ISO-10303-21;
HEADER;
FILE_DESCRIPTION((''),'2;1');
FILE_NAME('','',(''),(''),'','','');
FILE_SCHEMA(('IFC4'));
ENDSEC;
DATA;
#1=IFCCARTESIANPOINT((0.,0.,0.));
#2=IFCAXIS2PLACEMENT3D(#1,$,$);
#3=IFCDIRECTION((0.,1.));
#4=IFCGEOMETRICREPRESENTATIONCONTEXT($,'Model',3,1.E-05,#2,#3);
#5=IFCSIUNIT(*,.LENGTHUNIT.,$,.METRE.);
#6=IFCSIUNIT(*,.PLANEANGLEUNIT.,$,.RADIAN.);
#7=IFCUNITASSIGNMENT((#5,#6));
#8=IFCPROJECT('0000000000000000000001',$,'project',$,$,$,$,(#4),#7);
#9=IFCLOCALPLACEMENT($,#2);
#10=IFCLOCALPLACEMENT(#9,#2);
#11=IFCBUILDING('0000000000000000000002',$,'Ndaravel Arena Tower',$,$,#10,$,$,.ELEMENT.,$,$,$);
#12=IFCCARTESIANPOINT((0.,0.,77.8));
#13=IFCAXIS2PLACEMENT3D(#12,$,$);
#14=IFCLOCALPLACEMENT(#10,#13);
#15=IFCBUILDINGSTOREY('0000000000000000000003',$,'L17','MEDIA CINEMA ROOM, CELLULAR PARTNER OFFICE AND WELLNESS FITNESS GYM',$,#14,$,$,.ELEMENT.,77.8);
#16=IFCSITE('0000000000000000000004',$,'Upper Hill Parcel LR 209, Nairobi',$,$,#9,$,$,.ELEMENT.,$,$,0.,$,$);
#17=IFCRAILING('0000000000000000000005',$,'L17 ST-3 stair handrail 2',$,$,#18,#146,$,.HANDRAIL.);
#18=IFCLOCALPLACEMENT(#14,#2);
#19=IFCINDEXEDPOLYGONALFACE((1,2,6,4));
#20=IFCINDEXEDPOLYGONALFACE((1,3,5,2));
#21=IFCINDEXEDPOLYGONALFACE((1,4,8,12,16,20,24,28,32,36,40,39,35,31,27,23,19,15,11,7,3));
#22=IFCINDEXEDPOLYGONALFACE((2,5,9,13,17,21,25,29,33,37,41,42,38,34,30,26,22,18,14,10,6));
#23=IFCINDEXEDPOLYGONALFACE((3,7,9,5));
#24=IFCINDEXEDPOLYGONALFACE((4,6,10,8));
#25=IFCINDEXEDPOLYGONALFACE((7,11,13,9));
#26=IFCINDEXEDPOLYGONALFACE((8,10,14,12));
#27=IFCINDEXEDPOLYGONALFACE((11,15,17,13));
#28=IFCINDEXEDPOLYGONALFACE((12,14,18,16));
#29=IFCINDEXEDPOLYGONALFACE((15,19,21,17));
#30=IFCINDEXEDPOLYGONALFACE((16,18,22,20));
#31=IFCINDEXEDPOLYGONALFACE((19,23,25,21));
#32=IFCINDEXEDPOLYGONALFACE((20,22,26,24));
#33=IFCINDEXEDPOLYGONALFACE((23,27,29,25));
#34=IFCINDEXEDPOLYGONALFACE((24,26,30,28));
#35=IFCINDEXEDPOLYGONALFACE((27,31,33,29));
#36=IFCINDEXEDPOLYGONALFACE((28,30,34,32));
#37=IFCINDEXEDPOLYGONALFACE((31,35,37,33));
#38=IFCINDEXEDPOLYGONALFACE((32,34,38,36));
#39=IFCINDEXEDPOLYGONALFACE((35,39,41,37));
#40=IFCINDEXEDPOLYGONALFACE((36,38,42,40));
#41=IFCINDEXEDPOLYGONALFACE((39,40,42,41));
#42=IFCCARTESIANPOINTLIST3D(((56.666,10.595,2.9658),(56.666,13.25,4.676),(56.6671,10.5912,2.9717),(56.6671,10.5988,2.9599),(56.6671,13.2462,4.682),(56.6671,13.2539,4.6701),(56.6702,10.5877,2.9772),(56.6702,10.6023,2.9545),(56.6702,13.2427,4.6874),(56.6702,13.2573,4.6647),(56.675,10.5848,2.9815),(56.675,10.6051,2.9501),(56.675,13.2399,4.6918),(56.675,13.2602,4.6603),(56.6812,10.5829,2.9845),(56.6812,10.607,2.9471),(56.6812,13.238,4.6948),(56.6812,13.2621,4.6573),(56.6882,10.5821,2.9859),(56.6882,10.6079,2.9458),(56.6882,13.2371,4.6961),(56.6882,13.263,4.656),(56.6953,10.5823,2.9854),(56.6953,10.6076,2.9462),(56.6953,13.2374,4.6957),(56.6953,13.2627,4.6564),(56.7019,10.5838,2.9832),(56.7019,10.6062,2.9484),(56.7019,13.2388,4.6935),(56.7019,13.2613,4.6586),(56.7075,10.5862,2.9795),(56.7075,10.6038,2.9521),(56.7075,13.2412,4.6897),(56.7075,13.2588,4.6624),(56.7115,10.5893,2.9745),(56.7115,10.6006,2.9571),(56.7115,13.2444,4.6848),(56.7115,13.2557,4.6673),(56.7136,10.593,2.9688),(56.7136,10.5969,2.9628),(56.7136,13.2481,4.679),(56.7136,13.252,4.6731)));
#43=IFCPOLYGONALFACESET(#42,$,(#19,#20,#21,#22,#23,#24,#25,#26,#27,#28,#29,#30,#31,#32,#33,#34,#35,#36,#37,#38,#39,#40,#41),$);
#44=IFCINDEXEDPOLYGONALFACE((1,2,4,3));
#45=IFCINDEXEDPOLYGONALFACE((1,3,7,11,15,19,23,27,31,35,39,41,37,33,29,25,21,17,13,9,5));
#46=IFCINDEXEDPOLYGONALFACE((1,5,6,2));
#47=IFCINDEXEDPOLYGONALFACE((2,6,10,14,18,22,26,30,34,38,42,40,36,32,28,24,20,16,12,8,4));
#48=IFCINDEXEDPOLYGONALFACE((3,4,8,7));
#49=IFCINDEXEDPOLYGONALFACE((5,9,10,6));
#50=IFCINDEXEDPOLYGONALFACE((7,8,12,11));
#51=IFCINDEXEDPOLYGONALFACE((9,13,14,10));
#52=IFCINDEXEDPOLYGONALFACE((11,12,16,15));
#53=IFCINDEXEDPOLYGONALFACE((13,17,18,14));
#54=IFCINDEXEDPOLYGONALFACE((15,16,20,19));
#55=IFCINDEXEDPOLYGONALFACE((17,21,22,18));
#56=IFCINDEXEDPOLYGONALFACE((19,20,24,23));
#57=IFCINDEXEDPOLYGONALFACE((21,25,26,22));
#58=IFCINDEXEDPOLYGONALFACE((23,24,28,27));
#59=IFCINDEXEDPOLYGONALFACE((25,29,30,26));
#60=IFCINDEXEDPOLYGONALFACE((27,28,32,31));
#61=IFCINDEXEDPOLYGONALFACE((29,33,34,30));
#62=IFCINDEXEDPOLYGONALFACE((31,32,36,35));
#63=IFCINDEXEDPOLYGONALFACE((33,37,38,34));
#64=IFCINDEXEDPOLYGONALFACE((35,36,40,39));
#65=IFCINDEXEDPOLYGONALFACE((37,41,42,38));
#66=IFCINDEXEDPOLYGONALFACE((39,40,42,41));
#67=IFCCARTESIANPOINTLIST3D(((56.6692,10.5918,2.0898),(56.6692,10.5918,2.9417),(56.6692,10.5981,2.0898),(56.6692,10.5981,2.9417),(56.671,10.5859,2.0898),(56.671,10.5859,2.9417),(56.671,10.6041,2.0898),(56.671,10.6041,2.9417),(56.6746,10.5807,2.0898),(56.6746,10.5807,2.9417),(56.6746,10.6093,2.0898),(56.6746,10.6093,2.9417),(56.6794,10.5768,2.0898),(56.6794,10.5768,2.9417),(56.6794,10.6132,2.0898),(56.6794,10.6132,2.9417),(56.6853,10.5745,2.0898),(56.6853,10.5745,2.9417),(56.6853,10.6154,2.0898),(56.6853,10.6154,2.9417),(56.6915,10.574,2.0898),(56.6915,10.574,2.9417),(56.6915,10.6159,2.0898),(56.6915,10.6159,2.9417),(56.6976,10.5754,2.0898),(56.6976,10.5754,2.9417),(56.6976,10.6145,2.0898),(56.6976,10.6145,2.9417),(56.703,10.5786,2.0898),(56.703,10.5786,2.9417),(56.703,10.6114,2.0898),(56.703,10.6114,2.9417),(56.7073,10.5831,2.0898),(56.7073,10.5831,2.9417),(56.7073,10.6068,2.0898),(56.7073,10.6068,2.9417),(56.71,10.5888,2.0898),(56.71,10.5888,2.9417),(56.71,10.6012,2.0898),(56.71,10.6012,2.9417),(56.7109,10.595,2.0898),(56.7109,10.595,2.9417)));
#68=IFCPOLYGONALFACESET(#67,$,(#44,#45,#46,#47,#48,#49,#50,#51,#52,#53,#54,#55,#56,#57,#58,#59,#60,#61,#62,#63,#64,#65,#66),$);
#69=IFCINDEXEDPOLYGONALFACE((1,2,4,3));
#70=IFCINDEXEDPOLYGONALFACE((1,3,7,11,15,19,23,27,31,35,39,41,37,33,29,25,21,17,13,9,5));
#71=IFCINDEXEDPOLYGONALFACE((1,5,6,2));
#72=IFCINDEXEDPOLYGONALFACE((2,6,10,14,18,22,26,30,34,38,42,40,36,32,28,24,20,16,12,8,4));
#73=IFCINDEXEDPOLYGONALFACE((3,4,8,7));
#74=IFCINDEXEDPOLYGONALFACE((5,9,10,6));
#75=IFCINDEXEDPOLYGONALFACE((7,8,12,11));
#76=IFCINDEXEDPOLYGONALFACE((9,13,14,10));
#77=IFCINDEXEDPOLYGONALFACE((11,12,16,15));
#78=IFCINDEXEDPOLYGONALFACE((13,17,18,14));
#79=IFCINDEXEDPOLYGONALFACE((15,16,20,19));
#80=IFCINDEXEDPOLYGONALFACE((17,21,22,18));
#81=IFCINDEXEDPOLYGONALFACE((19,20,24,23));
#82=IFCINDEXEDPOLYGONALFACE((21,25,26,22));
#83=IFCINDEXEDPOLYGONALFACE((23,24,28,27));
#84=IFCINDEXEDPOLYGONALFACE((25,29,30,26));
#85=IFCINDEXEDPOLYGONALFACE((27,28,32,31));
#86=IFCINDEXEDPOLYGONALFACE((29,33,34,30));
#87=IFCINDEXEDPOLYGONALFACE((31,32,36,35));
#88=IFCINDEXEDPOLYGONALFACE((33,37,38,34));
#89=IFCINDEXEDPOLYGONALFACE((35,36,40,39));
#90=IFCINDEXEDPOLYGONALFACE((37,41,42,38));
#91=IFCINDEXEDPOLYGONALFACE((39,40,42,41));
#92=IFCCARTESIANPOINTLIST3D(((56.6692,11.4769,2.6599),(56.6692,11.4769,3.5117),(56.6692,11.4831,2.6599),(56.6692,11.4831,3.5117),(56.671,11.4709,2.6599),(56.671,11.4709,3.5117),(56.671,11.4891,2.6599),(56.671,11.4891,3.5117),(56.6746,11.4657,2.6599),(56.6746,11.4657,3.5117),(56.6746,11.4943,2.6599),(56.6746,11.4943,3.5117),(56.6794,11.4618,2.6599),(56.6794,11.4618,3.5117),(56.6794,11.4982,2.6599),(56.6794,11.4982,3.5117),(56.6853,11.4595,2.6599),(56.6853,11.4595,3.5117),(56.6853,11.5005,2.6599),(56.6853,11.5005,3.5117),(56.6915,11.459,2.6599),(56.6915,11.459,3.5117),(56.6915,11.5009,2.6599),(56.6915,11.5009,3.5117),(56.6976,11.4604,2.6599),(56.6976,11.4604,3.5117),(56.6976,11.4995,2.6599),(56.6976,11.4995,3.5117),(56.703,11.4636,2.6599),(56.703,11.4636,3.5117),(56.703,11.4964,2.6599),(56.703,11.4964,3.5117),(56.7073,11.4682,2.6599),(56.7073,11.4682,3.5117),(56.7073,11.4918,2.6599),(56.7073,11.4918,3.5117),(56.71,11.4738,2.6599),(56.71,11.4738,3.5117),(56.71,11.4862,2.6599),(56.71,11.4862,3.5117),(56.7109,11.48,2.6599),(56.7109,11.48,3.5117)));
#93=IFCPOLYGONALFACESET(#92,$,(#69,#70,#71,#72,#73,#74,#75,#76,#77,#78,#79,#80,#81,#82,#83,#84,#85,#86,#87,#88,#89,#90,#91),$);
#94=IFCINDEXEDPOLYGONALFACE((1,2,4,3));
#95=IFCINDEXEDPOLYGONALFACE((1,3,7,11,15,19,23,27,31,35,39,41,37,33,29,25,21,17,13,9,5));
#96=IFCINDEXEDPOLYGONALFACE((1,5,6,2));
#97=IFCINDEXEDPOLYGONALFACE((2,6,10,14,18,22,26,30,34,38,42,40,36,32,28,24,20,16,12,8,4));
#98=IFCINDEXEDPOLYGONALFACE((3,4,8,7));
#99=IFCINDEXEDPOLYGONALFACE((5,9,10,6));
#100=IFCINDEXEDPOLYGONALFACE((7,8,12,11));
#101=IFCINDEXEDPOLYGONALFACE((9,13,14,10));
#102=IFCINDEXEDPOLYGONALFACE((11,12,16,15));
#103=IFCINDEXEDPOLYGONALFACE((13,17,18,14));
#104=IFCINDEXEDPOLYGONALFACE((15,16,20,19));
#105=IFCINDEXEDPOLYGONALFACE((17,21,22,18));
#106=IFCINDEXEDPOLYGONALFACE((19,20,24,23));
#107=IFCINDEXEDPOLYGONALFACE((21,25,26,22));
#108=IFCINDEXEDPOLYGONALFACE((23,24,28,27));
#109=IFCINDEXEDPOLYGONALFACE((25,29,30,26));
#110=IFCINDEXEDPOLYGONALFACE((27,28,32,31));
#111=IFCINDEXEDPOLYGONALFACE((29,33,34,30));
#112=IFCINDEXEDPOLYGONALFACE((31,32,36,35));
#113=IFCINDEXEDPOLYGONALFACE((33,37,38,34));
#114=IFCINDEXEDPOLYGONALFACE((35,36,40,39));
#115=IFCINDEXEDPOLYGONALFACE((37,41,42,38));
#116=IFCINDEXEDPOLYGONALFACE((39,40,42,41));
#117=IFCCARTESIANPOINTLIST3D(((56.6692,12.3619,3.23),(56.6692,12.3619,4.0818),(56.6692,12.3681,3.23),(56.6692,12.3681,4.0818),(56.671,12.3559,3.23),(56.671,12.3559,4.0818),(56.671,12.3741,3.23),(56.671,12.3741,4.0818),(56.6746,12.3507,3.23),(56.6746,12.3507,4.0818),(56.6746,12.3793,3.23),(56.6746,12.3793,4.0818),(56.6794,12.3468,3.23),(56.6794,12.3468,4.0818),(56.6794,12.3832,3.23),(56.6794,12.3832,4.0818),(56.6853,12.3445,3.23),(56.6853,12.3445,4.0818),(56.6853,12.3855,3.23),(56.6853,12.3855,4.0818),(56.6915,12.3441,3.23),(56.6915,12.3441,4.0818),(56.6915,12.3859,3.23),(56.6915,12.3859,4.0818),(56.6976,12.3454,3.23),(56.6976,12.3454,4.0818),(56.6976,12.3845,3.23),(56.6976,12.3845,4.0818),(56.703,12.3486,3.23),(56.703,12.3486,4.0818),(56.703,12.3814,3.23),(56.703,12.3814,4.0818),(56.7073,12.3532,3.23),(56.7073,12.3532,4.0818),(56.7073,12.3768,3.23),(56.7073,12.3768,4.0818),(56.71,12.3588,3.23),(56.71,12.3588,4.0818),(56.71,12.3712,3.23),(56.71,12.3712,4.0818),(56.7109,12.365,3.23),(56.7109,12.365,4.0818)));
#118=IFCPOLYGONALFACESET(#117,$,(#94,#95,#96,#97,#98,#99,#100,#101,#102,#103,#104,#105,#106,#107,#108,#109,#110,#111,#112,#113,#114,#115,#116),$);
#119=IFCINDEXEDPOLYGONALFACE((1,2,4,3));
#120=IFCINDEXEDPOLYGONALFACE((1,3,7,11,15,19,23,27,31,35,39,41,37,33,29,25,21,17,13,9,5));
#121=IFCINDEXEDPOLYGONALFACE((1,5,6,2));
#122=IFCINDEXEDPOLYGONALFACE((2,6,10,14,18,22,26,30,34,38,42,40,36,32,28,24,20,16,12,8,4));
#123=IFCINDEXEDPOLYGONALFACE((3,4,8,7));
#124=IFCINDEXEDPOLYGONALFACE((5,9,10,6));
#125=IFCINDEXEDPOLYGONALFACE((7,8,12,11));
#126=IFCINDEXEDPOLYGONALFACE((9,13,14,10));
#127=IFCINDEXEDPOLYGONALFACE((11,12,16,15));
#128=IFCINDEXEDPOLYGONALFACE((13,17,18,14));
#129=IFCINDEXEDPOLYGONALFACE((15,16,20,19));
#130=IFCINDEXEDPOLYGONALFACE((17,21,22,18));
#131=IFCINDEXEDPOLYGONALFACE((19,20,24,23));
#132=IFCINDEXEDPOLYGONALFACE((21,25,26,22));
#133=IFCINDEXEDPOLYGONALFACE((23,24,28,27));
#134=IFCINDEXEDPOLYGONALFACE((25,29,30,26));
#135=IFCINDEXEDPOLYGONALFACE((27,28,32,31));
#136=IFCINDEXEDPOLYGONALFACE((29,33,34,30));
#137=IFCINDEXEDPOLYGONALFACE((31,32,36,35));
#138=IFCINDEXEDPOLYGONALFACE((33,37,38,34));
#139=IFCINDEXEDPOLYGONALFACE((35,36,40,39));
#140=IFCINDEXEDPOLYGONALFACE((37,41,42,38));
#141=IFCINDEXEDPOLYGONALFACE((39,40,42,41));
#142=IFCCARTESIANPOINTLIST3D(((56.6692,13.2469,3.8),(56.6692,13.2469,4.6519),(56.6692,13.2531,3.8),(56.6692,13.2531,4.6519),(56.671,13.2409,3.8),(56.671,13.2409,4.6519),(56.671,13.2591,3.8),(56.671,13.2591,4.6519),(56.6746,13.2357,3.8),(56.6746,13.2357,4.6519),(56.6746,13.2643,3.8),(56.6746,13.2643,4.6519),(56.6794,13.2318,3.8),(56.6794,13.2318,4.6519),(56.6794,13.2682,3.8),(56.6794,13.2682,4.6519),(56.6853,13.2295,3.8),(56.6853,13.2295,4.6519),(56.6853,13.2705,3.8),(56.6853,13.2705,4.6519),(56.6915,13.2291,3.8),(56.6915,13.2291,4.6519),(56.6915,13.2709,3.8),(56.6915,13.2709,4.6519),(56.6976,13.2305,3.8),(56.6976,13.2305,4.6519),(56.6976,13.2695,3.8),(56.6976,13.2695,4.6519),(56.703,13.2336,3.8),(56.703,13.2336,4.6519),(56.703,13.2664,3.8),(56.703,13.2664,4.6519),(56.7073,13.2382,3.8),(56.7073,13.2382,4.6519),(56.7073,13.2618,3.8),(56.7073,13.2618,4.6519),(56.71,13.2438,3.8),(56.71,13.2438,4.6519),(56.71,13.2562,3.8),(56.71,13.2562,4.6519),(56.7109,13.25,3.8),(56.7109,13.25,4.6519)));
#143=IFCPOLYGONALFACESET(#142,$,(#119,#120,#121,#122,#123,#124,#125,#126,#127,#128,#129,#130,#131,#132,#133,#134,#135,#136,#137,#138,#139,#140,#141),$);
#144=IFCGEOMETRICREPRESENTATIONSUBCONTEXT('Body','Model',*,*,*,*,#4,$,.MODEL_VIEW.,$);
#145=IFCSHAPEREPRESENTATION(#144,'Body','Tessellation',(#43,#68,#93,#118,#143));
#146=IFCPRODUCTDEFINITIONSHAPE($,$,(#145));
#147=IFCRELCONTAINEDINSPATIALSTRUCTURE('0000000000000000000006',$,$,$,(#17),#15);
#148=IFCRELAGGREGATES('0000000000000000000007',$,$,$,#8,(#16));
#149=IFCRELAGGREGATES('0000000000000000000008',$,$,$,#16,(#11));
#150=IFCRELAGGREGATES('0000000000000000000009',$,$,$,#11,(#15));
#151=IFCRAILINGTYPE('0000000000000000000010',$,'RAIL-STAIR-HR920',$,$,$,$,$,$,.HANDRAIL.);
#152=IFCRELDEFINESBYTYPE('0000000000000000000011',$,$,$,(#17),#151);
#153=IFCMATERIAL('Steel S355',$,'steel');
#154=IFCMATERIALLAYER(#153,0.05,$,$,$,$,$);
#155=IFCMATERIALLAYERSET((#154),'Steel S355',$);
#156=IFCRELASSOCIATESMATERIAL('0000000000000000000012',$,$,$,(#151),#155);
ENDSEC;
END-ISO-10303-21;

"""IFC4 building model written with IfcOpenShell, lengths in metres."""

from ifc_helpers import new_model, si_unit, direction, frame, origin, origin_2d, place, context, subcontext, project, spatial, circle, extrude, material, layer, layer_set, type_object, element, save


model = new_model("IFC4")

# Units and contexts
model_context = context("Model", 3, precision=1e-05, world=origin(), true_north=direction((0.0, 1.0)))
body_context = subcontext(model_context, "Body", "Model", "MODEL_VIEW")
ifc_project = project(units=[si_unit("LENGTHUNIT", "METRE"), si_unit("PLANEANGLEUNIT", "RADIAN")], contexts=[model_context])

# Site, building, storey
site_placement = place(None, origin())
site = spatial("IfcSite", under=ifc_project, at=site_placement, Name="Upper Hill Parcel LR 209, Nairobi", CompositionType="ELEMENT", RefElevation=0.0)
building_placement = place(site_placement, origin())
building = spatial("IfcBuilding", under=site, at=building_placement, Name="Ndaravel Arena Tower", CompositionType="ELEMENT")
storey_placement = place(building_placement, frame((0.0, 0.0, 77.8)))
storey = spatial("IfcBuildingStorey", under=building, at=storey_placement, Name="L17", Description="MEDIA CINEMA ROOM, CELLULAR PARTNER OFFICE AND WELLNESS FITNESS GYM", CompositionType="ELEMENT", Elevation=77.8)

# Railing
ifc_material_1 = material(Name="Steel S355", Category="steel")
ifc_layer_1 = layer(ifc_material_1, 0.05)
ifc_layer_set_1 = layer_set([ifc_layer_1], Name="Steel S355")
railing_type_1 = type_object("IfcRailingType", Name="RAIL-STAIR-HR920", PredefinedType="HANDRAIL", material=ifc_layer_set_1)
railing_1_placement = place(storey_placement, frame((56.6899, 10.595, 2.0898)))
element("IfcRailing", 1, at=railing_1_placement, inside=storey, type_object=railing_type_1, Name="L17 ST-3 stair handrail 2", PredefinedType="HANDRAIL", context=body_context, shape_type="SweptSolid", body=[
    extrude(circle(Radius=0.0239, at=origin_2d()), frame((0.0, 0.0, 0.876), z_axis=(0.0, 0.840688, 0.541519), x_axis=(-1.0, 0.0, 0.0)), (0.0, 0.0, 1.0), 3.1582),
    extrude(circle(Radius=0.021, at=origin_2d()), origin(), (0.0, 0.0, 1.0), 0.8518),
    extrude(circle(Radius=0.021, at=origin_2d()), frame((0.0, 0.885, 0.5701)), (0.0, 0.0, 1.0), 0.8518),
    extrude(circle(Radius=0.021, at=origin_2d()), frame((0.0, 1.77, 1.1401)), (0.0, 0.0, 1.0), 0.8518),
    extrude(circle(Radius=0.021, at=origin_2d()), frame((0.0, 2.655, 1.7102)), (0.0, 0.0, 1.0), 0.8518),
])

save(model, "model.ifc")
